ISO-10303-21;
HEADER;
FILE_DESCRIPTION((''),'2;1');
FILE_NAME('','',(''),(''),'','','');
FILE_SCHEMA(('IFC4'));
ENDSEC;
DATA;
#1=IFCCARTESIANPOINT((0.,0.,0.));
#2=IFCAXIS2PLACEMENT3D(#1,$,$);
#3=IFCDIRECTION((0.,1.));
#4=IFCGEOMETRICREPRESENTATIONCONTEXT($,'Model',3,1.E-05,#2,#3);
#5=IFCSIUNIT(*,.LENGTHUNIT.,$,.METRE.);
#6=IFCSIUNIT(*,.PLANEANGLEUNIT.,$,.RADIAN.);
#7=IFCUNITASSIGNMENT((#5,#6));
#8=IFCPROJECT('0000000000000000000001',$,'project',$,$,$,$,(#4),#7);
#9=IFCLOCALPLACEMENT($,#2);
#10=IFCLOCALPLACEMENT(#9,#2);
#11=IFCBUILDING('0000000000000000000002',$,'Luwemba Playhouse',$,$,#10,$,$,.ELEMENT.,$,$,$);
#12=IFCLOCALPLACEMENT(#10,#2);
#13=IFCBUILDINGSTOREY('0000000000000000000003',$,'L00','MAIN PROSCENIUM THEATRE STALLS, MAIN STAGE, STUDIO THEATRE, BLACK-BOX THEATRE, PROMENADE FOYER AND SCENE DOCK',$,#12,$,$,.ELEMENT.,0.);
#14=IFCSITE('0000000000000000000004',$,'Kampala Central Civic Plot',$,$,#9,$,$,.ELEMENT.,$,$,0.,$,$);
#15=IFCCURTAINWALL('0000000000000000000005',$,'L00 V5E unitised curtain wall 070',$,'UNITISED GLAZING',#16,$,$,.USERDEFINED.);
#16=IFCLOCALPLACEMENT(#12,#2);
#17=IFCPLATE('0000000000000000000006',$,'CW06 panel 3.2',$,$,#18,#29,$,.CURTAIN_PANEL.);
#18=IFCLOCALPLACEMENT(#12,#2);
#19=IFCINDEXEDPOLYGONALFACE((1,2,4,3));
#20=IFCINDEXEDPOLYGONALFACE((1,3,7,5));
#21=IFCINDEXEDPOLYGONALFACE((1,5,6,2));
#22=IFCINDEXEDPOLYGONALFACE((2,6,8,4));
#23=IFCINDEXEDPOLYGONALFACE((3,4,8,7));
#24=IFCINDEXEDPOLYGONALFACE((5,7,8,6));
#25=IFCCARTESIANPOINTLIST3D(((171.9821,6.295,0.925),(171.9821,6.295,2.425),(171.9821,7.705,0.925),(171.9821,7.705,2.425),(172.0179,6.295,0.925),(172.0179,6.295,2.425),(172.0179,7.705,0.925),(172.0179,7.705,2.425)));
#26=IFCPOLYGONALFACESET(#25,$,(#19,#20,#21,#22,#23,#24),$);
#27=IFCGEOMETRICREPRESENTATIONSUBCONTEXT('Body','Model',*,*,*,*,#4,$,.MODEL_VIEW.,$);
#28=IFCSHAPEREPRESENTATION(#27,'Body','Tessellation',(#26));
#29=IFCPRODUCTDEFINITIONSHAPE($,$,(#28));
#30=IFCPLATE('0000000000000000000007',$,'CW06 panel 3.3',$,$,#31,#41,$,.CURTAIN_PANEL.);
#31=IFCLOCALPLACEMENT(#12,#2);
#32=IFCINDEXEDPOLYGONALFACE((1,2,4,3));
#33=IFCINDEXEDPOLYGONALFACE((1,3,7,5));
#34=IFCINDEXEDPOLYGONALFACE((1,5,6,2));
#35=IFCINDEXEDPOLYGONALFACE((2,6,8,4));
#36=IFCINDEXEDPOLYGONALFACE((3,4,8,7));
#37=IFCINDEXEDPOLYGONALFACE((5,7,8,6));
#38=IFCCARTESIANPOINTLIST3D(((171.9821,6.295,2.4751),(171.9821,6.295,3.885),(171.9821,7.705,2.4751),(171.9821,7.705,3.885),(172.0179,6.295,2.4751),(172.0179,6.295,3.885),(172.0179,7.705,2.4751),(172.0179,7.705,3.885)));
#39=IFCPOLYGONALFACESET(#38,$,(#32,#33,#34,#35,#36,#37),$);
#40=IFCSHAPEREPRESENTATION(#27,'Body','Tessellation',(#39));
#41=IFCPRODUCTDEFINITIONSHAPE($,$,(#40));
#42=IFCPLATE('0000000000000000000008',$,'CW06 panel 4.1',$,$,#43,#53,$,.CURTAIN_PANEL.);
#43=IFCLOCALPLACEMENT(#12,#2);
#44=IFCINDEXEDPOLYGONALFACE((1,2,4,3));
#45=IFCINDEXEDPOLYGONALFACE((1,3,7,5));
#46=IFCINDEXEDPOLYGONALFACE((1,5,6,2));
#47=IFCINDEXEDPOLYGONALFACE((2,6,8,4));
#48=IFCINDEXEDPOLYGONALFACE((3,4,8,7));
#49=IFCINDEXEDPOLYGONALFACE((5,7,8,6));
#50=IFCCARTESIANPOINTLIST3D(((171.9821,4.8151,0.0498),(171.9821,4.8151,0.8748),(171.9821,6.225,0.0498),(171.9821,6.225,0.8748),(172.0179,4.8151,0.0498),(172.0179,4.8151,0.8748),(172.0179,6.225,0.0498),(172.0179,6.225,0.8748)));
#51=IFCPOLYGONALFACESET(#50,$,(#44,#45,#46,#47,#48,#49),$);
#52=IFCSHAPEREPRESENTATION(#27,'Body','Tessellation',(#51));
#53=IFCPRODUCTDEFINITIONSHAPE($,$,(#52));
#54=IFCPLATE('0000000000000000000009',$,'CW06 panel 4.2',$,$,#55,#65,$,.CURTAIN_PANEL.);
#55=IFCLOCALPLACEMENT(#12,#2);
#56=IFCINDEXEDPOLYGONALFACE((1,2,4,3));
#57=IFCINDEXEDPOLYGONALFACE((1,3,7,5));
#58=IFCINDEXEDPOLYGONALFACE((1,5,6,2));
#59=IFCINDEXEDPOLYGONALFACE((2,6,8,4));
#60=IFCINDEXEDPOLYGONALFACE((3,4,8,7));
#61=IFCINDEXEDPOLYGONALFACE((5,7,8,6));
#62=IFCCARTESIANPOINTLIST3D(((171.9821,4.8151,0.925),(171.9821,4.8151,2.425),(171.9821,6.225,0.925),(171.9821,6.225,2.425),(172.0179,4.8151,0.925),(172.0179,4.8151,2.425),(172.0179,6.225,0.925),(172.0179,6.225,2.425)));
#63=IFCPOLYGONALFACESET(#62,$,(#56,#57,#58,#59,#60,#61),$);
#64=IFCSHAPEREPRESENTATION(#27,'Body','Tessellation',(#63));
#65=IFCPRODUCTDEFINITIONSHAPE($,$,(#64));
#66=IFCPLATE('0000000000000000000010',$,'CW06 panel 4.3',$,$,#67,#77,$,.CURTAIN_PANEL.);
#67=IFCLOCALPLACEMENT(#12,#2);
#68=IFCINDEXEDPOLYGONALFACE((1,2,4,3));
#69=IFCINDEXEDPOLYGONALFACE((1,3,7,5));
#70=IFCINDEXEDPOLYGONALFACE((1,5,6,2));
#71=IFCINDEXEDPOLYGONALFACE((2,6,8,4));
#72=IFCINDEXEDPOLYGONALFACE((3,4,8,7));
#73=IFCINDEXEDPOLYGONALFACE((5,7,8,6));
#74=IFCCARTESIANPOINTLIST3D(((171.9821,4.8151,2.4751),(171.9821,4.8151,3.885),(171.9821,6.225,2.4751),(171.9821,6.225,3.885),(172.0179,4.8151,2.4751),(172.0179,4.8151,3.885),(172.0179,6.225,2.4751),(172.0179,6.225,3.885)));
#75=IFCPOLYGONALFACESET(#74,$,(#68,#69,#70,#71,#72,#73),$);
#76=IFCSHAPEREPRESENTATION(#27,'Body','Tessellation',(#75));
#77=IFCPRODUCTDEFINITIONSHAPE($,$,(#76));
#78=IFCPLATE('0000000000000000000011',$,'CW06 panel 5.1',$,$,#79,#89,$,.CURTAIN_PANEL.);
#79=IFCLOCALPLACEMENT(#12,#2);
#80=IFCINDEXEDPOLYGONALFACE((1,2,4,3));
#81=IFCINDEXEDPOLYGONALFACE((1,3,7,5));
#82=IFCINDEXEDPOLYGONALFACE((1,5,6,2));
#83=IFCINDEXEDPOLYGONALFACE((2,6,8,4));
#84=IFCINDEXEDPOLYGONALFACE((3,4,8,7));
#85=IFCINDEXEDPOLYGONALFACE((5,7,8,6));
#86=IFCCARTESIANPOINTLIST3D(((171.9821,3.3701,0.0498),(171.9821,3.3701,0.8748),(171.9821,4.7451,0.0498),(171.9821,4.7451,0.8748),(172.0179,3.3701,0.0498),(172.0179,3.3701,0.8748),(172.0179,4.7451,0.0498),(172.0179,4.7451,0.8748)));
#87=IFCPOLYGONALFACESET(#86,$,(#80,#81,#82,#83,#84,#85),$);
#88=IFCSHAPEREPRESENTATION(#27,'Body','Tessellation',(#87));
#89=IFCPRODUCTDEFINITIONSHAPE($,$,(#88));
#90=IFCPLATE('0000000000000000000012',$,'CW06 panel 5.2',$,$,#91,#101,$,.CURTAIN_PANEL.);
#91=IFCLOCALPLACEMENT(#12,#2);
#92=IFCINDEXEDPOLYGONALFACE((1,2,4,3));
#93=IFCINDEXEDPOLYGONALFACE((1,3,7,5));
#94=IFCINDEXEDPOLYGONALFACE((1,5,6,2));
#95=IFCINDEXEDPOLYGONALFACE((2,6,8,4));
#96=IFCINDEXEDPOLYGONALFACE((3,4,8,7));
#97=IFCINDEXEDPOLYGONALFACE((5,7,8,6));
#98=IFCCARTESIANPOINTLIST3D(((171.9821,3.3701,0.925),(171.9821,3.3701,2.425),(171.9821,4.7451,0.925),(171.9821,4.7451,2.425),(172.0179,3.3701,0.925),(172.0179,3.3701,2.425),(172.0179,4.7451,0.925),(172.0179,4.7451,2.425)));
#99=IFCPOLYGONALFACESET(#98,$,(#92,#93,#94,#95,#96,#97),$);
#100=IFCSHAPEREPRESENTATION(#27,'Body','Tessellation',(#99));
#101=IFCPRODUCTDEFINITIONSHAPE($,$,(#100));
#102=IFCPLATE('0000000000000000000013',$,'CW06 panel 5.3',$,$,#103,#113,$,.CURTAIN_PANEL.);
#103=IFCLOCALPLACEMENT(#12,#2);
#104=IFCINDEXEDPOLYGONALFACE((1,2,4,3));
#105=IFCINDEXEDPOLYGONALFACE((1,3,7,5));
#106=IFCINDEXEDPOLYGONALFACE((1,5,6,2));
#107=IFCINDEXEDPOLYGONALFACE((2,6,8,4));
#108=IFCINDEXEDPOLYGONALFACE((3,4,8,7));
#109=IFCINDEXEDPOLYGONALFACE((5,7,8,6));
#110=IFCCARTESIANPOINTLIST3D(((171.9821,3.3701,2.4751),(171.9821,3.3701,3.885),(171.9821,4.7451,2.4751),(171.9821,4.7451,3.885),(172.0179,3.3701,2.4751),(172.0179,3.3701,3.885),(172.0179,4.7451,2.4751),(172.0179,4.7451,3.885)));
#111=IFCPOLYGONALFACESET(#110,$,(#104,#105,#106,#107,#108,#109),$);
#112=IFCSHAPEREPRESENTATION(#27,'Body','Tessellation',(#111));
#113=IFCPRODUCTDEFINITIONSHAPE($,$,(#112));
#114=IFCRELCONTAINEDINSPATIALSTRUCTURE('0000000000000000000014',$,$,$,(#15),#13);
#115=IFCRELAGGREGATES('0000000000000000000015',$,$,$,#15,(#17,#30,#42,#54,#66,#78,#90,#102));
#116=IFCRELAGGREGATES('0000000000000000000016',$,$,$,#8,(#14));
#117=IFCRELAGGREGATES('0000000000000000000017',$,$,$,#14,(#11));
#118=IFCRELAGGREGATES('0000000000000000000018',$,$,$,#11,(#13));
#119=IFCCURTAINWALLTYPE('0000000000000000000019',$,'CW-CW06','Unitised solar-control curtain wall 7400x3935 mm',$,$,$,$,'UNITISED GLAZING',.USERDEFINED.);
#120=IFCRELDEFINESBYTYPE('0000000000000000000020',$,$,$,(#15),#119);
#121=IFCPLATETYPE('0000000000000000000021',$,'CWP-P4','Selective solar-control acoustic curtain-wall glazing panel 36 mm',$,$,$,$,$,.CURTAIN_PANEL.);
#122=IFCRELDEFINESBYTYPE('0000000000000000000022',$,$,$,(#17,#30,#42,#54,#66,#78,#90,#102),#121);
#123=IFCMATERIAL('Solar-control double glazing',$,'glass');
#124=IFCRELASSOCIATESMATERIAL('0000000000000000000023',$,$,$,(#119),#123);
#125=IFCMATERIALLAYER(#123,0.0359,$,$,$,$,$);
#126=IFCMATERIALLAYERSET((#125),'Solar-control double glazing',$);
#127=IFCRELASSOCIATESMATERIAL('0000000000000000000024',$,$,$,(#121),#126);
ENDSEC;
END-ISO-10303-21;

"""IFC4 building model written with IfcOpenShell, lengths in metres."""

from ifc_helpers import new_model, si_unit, direction, frame, origin, origin_2d, place, context, subcontext, project, spatial, rectangle, extrude, material, layer, layer_set, type_object, element, aggregate, save


model = new_model("IFC4")

# Units and contexts
model_context = context("Model", 3, precision=1e-05, world=origin(), true_north=direction((0.0, 1.0)))
body_context = subcontext(model_context, "Body", "Model", "MODEL_VIEW")
ifc_project = project(units=[si_unit("LENGTHUNIT", "METRE"), si_unit("PLANEANGLEUNIT", "RADIAN")], contexts=[model_context])

# Site, building, storey
site_placement = place(None, origin())
site = spatial("IfcSite", under=ifc_project, at=site_placement, Name="Kampala Central Civic Plot", CompositionType="ELEMENT", RefElevation=0.0)
building_placement = place(site_placement, origin())
building = spatial("IfcBuilding", under=site, at=building_placement, Name="Luwemba Playhouse", CompositionType="ELEMENT")
storey_placement = place(building_placement, origin())
storey = spatial("IfcBuildingStorey", under=building, at=storey_placement, Name="L00", Description="MAIN PROSCENIUM THEATRE STALLS, MAIN STAGE, STUDIO THEATRE, BLACK-BOX THEATRE, PROMENADE FOYER AND SCENE DOCK", CompositionType="ELEMENT", Elevation=0.0)

# Curtain wall, plates
ifc_material_1 = material(Name="Solar-control double glazing", Category="glass")
curtain_wall_type = type_object("IfcCurtainWallType", Name="CW-CW06", Description="Unitised solar-control curtain wall 7400x3935 mm", ElementType="UNITISED GLAZING", PredefinedType="USERDEFINED", material=ifc_material_1)
curtain_wall_placement = place(storey_placement, origin())
curtain_wall = element("IfcCurtainWall", 1, at=curtain_wall_placement, inside=storey, type_object=curtain_wall_type, Name="L00 V5E unitised curtain wall 070", ObjectType="UNITISED GLAZING", PredefinedType="USERDEFINED")
ifc_layer = layer(ifc_material_1, 0.0359)
ifc_layer_set = layer_set([ifc_layer], Name="Solar-control double glazing")
plate_type = type_object("IfcPlateType", Name="CWP-P4", Description="Selective solar-control acoustic curtain-wall glazing panel 36 mm", PredefinedType="CURTAIN_PANEL", material=ifc_layer_set)
plate_1_placement = place(storey_placement, frame((172.0, 7.0, 0.925), z_axis=(0.0, 0.0, 1.0), x_axis=(0.0, -1.0, 0.0)))
plate_1 = element("IfcPlate", 2, at=plate_1_placement, type_object=plate_type, Name="CW06 panel 3.2", PredefinedType="CURTAIN_PANEL", context=body_context, shape_type="SweptSolid", body=[
    extrude(rectangle(XDim=1.4099, YDim=0.0359, at=origin_2d()), origin(), (0.0, 0.0, 1.0), 1.5),
])
plate_2_placement = place(storey_placement, frame((172.0, 7.0, 2.4751), z_axis=(0.0, 0.0, 1.0), x_axis=(0.0, -1.0, 0.0)))
plate_2 = element("IfcPlate", 3, at=plate_2_placement, type_object=plate_type, Name="CW06 panel 3.3", PredefinedType="CURTAIN_PANEL", context=body_context, shape_type="SweptSolid", body=[
    extrude(rectangle(XDim=1.4099, YDim=0.0359, at=origin_2d()), origin(), (0.0, 0.0, 1.0), 1.4099),
])
plate_3_placement = place(storey_placement, frame((172.0, 5.52, 0.0498), z_axis=(0.0, 0.0, 1.0), x_axis=(0.0, -1.0, 0.0)))
plate_3 = element("IfcPlate", 4, at=plate_3_placement, type_object=plate_type, Name="CW06 panel 4.1", PredefinedType="CURTAIN_PANEL", context=body_context, shape_type="SweptSolid", body=[
    extrude(rectangle(XDim=1.4099, YDim=0.0359, at=origin_2d()), origin(), (0.0, 0.0, 1.0), 0.825),
])
plate_4_placement = place(storey_placement, frame((172.0, 5.52, 0.925), z_axis=(0.0, 0.0, 1.0), x_axis=(0.0, -1.0, 0.0)))
plate_4 = element("IfcPlate", 5, at=plate_4_placement, type_object=plate_type, Name="CW06 panel 4.2", PredefinedType="CURTAIN_PANEL", context=body_context, shape_type="SweptSolid", body=[
    extrude(rectangle(XDim=1.4099, YDim=0.0359, at=origin_2d()), origin(), (0.0, 0.0, 1.0), 1.5),
])
plate_5_placement = place(storey_placement, frame((172.0, 5.52, 2.4751), z_axis=(0.0, 0.0, 1.0), x_axis=(0.0, -1.0, 0.0)))
plate_5 = element("IfcPlate", 6, at=plate_5_placement, type_object=plate_type, Name="CW06 panel 4.3", PredefinedType="CURTAIN_PANEL", context=body_context, shape_type="SweptSolid", body=[
    extrude(rectangle(XDim=1.4099, YDim=0.0359, at=origin_2d()), origin(), (0.0, 0.0, 1.0), 1.4099),
])
plate_6_placement = place(storey_placement, frame((172.0, 4.0576, 0.0498), z_axis=(0.0, 0.0, 1.0), x_axis=(0.0, -1.0, 0.0)))
plate_6 = element("IfcPlate", 7, at=plate_6_placement, type_object=plate_type, Name="CW06 panel 5.1", PredefinedType="CURTAIN_PANEL", context=body_context, shape_type="SweptSolid", body=[
    extrude(rectangle(XDim=1.375, YDim=0.0359, at=origin_2d()), origin(), (0.0, 0.0, 1.0), 0.825),
])
plate_7_placement = place(storey_placement, frame((172.0, 4.0576, 0.925), z_axis=(0.0, 0.0, 1.0), x_axis=(0.0, -1.0, 0.0)))
plate_7 = element("IfcPlate", 8, at=plate_7_placement, type_object=plate_type, Name="CW06 panel 5.2", PredefinedType="CURTAIN_PANEL", context=body_context, shape_type="SweptSolid", body=[
    extrude(rectangle(XDim=1.375, YDim=0.0359, at=origin_2d()), origin(), (0.0, 0.0, 1.0), 1.5),
])
plate_8_placement = place(storey_placement, frame((172.0, 4.0576, 2.4751), z_axis=(0.0, 0.0, 1.0), x_axis=(0.0, -1.0, 0.0)))
plate_8 = element("IfcPlate", 9, at=plate_8_placement, type_object=plate_type, Name="CW06 panel 5.3", PredefinedType="CURTAIN_PANEL", context=body_context, shape_type="SweptSolid", body=[
    extrude(rectangle(XDim=1.375, YDim=0.0359, at=origin_2d()), origin(), (0.0, 0.0, 1.0), 1.4099),
])
aggregate(curtain_wall, [plate_1, plate_2, plate_3, plate_4, plate_5, plate_6, plate_7, plate_8])

save(model, "model.ifc")
